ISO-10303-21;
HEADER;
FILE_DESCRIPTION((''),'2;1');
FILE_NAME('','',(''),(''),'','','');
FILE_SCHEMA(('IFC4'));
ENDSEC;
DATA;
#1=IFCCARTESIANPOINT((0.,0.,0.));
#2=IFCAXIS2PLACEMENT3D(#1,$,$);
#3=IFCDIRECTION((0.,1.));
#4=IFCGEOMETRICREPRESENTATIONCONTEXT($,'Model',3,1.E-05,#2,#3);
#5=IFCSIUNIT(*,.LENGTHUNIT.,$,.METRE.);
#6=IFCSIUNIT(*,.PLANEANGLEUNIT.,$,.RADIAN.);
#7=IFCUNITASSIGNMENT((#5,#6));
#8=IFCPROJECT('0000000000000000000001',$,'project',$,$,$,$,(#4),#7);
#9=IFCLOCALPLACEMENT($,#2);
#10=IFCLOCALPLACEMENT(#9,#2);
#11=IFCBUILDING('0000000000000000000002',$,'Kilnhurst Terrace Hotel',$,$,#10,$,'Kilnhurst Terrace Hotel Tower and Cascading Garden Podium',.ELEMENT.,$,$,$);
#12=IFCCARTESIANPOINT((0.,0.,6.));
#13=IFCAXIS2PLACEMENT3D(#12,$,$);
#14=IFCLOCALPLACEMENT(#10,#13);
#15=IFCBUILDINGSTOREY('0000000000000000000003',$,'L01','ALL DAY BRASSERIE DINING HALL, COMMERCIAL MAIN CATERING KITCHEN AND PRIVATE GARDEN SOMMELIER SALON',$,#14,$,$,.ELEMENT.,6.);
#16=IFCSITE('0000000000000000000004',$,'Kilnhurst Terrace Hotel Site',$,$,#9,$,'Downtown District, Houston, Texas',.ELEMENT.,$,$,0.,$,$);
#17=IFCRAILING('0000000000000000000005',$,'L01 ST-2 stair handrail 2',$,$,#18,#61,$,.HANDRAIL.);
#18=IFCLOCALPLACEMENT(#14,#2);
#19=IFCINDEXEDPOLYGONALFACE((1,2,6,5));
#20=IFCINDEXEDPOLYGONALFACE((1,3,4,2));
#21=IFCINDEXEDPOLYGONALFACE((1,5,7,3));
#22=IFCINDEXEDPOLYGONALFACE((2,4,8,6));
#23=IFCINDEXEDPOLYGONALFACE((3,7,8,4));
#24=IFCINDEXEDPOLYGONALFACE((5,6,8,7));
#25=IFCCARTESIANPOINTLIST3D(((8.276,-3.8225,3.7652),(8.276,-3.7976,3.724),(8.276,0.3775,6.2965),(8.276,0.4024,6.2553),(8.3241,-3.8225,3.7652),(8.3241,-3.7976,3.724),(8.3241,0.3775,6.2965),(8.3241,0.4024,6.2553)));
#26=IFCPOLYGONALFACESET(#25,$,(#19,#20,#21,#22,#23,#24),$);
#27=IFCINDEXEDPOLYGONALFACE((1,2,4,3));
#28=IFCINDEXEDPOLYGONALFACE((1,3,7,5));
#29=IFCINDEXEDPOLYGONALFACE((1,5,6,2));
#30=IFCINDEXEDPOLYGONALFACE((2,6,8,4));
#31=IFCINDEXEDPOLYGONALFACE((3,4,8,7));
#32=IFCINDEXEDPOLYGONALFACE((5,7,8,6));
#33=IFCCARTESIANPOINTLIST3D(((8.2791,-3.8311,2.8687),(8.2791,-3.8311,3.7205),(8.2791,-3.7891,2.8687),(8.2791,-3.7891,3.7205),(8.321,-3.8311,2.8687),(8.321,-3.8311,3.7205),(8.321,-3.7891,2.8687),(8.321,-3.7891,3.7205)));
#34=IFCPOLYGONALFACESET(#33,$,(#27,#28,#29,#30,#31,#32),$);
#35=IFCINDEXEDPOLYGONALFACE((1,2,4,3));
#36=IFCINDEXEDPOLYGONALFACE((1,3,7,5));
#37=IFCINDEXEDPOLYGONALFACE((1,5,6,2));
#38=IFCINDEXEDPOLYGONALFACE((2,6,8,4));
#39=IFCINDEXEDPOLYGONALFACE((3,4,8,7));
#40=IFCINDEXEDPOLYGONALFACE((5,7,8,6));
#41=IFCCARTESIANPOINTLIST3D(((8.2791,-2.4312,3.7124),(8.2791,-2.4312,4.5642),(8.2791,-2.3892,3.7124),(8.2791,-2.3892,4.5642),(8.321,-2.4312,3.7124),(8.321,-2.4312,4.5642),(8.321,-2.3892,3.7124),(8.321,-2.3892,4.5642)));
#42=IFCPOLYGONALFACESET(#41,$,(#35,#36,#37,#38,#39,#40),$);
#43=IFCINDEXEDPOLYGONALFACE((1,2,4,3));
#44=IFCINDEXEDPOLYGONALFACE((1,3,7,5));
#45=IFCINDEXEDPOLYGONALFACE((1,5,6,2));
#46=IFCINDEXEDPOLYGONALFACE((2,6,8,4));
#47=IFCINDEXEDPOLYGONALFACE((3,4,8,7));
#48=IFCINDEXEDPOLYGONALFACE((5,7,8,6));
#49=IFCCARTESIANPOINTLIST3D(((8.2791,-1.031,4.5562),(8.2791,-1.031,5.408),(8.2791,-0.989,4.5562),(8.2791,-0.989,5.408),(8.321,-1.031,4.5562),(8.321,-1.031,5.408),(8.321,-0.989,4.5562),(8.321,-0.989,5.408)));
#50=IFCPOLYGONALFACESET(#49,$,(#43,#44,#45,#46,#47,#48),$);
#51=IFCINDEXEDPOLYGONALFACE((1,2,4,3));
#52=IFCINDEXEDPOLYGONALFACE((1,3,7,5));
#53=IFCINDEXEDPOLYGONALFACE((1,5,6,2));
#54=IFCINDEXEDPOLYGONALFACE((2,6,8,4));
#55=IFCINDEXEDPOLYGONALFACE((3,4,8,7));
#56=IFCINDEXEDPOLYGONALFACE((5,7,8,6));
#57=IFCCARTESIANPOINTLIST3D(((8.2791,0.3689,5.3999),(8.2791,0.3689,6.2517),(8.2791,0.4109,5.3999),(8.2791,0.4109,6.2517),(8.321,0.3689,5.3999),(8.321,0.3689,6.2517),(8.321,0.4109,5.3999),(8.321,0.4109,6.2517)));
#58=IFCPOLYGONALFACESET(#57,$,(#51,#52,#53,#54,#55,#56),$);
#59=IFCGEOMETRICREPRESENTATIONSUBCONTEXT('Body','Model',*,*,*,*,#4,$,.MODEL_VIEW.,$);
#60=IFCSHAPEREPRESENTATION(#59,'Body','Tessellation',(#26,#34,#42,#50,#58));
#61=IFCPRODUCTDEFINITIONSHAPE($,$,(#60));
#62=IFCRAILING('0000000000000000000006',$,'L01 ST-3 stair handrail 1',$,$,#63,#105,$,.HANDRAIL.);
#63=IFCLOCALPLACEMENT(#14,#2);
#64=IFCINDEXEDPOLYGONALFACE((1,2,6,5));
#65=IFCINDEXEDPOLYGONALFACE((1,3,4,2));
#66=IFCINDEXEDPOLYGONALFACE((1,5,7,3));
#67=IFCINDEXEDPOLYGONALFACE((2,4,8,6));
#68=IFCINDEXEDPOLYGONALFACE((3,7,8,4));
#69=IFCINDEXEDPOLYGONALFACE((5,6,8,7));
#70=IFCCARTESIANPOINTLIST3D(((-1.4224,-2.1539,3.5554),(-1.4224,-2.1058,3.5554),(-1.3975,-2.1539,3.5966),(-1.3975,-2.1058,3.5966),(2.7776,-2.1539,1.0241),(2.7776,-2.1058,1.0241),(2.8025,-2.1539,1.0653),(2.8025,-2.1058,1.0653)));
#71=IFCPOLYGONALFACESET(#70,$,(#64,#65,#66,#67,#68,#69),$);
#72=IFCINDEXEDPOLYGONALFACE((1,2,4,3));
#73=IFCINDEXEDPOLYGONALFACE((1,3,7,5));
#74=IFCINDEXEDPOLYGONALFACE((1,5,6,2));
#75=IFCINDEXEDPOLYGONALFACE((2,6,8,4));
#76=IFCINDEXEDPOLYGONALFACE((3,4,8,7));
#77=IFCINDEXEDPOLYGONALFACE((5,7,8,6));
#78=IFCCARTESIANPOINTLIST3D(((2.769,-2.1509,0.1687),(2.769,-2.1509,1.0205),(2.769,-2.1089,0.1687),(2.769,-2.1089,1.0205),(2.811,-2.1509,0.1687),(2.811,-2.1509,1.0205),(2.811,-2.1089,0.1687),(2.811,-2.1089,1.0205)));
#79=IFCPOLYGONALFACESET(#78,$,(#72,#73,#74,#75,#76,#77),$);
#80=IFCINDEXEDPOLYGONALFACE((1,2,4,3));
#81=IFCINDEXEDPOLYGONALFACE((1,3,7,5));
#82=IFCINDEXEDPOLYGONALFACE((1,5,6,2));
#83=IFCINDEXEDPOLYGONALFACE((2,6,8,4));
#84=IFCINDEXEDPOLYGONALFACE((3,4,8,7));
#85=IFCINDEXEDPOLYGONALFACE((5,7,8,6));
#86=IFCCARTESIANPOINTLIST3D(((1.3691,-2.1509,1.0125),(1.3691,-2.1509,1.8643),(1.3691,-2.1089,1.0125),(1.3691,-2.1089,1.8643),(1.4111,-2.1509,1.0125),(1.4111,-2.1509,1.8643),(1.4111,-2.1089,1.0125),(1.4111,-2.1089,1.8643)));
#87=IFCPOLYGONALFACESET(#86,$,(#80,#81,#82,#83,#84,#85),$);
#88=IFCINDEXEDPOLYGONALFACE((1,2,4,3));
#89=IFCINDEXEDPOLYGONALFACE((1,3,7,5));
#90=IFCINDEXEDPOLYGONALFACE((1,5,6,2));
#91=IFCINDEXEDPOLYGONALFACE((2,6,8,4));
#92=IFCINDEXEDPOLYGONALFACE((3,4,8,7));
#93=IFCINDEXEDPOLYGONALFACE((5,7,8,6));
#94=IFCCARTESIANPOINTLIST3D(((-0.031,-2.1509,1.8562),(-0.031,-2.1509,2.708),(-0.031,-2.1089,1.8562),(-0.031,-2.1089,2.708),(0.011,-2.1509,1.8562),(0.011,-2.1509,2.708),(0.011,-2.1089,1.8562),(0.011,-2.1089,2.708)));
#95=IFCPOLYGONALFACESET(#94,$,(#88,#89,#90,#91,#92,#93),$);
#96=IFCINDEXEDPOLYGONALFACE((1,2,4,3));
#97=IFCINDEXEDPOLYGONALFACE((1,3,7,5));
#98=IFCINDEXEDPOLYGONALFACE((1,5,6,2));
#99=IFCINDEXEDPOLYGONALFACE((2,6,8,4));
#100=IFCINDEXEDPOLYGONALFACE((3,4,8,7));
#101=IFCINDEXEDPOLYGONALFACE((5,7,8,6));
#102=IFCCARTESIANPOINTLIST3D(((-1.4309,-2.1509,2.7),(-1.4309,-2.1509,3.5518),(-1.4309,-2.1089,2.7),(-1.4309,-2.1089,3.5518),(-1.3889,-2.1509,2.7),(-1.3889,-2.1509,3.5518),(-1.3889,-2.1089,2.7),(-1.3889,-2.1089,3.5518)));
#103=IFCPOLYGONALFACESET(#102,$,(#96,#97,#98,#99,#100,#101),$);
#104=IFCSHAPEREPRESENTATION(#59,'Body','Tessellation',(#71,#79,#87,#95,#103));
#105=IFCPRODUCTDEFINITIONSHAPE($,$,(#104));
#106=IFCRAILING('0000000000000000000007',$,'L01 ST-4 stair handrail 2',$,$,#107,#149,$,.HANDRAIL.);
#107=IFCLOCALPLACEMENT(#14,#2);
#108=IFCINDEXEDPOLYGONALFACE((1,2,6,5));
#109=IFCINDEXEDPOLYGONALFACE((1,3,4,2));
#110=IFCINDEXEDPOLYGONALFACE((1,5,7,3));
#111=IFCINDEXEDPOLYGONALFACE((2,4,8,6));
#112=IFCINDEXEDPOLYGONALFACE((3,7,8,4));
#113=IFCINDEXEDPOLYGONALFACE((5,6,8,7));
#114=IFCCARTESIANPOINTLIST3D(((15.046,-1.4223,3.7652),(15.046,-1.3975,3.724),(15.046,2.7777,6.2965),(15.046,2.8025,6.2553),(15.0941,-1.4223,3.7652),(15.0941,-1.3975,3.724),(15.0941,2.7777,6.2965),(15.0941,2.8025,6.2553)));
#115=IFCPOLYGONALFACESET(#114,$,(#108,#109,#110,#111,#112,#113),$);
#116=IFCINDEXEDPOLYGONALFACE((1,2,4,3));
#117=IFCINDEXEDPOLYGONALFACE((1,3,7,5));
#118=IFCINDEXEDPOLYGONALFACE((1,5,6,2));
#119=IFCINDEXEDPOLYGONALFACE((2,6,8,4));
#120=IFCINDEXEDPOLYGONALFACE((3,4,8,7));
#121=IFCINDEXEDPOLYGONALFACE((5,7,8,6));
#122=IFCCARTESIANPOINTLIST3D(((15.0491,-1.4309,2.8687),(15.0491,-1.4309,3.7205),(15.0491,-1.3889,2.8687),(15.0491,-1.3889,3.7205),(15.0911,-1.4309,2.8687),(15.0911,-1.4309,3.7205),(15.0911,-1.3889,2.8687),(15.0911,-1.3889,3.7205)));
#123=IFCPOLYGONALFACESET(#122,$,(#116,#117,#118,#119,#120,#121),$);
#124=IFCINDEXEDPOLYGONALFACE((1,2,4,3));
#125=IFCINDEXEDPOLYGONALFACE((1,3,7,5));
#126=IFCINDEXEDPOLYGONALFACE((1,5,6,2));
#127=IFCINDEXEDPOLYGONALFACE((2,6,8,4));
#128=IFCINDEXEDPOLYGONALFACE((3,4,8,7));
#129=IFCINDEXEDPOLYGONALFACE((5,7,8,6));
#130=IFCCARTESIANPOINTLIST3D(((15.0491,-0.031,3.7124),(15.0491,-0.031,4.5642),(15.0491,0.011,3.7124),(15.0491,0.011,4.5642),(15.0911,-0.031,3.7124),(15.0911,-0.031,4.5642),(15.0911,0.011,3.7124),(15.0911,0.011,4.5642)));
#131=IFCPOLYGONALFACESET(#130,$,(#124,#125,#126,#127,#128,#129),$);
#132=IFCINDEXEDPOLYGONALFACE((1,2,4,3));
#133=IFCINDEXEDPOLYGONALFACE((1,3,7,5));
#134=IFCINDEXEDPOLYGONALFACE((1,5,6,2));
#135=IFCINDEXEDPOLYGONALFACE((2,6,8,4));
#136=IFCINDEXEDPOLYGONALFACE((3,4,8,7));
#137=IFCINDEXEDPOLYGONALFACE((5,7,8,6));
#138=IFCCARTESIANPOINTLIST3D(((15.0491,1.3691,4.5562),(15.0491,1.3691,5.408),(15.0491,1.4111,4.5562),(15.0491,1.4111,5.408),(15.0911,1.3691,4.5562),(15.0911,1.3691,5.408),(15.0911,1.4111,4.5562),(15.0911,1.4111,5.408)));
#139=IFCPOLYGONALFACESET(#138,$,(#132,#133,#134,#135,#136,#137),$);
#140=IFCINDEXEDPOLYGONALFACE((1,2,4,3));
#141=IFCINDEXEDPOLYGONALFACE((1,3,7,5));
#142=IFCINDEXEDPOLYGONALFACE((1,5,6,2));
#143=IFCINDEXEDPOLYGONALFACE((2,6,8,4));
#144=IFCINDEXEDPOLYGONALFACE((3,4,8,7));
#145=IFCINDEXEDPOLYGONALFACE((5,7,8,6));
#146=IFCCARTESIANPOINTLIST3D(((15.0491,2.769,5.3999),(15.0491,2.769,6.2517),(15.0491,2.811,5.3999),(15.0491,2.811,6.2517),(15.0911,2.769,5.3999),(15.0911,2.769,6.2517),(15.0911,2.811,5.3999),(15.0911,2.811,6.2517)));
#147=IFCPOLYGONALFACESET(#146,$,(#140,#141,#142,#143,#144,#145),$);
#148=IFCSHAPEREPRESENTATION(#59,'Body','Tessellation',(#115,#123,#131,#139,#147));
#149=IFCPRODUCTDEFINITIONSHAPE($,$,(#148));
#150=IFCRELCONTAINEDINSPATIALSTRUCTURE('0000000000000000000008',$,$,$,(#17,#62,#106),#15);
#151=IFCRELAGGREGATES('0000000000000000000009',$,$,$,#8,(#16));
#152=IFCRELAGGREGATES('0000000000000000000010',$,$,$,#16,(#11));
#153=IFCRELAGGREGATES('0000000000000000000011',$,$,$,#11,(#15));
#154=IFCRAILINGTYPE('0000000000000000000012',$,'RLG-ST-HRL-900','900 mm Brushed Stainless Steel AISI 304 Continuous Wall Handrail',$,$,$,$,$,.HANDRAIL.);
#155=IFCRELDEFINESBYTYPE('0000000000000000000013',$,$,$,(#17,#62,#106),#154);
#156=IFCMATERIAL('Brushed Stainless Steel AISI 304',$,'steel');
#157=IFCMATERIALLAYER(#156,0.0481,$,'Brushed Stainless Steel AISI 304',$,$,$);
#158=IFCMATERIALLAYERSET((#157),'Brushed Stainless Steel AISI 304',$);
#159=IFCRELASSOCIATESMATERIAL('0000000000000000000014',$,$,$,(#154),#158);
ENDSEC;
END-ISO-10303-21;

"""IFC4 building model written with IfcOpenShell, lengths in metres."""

from ifc_helpers import new_model, si_unit, direction, frame, origin, origin_2d, place, context, subcontext, project, spatial, rectangle, extrude, material, layer, layer_set, type_object, element, save


model = new_model("IFC4")

# Units and contexts
model_context = context("Model", 3, precision=1e-05, world=origin(), true_north=direction((0.0, 1.0)))
body_context = subcontext(model_context, "Body", "Model", "MODEL_VIEW")
ifc_project = project(units=[si_unit("LENGTHUNIT", "METRE"), si_unit("PLANEANGLEUNIT", "RADIAN")], contexts=[model_context])

# Site, building, storey
site_placement = place(None, origin())
site = spatial("IfcSite", under=ifc_project, at=site_placement, Name="Kilnhurst Terrace Hotel Site", LongName="Downtown District, Houston, Texas", CompositionType="ELEMENT", RefElevation=0.0)
building_placement = place(site_placement, origin())
building = spatial("IfcBuilding", under=site, at=building_placement, Name="Kilnhurst Terrace Hotel", LongName="Kilnhurst Terrace Hotel Tower and Cascading Garden Podium", CompositionType="ELEMENT")
storey_placement = place(building_placement, frame((0.0, 0.0, 6.0)))
storey = spatial("IfcBuildingStorey", under=building, at=storey_placement, Name="L01", Description="ALL DAY BRASSERIE DINING HALL, COMMERCIAL MAIN CATERING KITCHEN AND PRIVATE GARDEN SOMMELIER SALON", CompositionType="ELEMENT", Elevation=6.0)

# Railings
ifc_material_1 = material(Name="Brushed Stainless Steel AISI 304", Category="steel")
ifc_layer_1 = layer(ifc_material_1, 0.0481, Name="Brushed Stainless Steel AISI 304")
ifc_layer_set_1 = layer_set([ifc_layer_1], Name="Brushed Stainless Steel AISI 304")
railing_type_1 = type_object("IfcRailingType", Name="RLG-ST-HRL-900", Description="900 mm Brushed Stainless Steel AISI 304 Continuous Wall Handrail", PredefinedType="HANDRAIL", material=ifc_layer_set_1)
railing_1_placement = place(storey_placement, frame((8.3, -3.8101, 2.8687)))
element("IfcRailing", 1, at=railing_1_placement, inside=storey, type_object=railing_type_1, Name="L01 ST-2 stair handrail 2", PredefinedType="HANDRAIL", context=body_context, shape_type="SweptSolid", body=[
    extrude(rectangle(XDim=0.0481, YDim=0.0481, at=origin_2d()), frame((0.0, 0.0, 0.876), z_axis=(0.0, 0.856476, 0.516186), x_axis=(-1.0, 0.0, 0.0)), (0.0, 0.0, 1.0), 4.9038),
    extrude(rectangle(XDim=0.042, YDim=0.042, at=origin_2d()), origin(), (0.0, 0.0, 1.0), 0.8518),
    extrude(rectangle(XDim=0.042, YDim=0.042, at=origin_2d()), frame((0.0, 1.3999, 0.8438)), (0.0, 0.0, 1.0), 0.8518),
    extrude(rectangle(XDim=0.042, YDim=0.042, at=origin_2d()), frame((0.0, 2.8, 1.6875)), (0.0, 0.0, 1.0), 0.8518),
    extrude(rectangle(XDim=0.042, YDim=0.042, at=origin_2d()), frame((0.0, 4.2, 2.5312)), (0.0, 0.0, 1.0), 0.8518),
])
railing_2_placement = place(storey_placement, frame((2.79, -2.1299, 0.1687)))
element("IfcRailing", 2, at=railing_2_placement, inside=storey, type_object=railing_type_1, Name="L01 ST-3 stair handrail 1", PredefinedType="HANDRAIL", context=body_context, shape_type="SweptSolid", body=[
    extrude(rectangle(XDim=0.0481, YDim=0.0481, at=origin_2d()), frame((0.0, 0.0, 0.876), z_axis=(-0.856476, 0.0, 0.516186), x_axis=(0.0, -1.0, 0.0)), (0.0, 0.0, 1.0), 4.9038),
    extrude(rectangle(XDim=0.042, YDim=0.042, at=origin_2d()), origin(), (0.0, 0.0, 1.0), 0.8518),
    extrude(rectangle(XDim=0.042, YDim=0.042, at=origin_2d()), frame((-1.3999, 0.0, 0.8438)), (0.0, 0.0, 1.0), 0.8518),
    extrude(rectangle(XDim=0.042, YDim=0.042, at=origin_2d()), frame((-2.8, 0.0, 1.6875)), (0.0, 0.0, 1.0), 0.8518),
    extrude(rectangle(XDim=0.042, YDim=0.042, at=origin_2d()), frame((-4.2, 0.0, 2.5312)), (0.0, 0.0, 1.0), 0.8518),
])
railing_3_placement = place(storey_placement, frame((15.0701, -1.4099, 2.8687)))
element("IfcRailing", 3, at=railing_3_placement, inside=storey, type_object=railing_type_1, Name="L01 ST-4 stair handrail 2", PredefinedType="HANDRAIL", context=body_context, shape_type="SweptSolid", body=[
    extrude(rectangle(XDim=0.0481, YDim=0.0481, at=origin_2d()), frame((0.0, 0.0, 0.876), z_axis=(0.0, 0.856476, 0.516186), x_axis=(-1.0, 0.0, 0.0)), (0.0, 0.0, 1.0), 4.9038),
    extrude(rectangle(XDim=0.042, YDim=0.042, at=origin_2d()), origin(), (0.0, 0.0, 1.0), 0.8518),
    extrude(rectangle(XDim=0.042, YDim=0.042, at=origin_2d()), frame((0.0, 1.3999, 0.8438)), (0.0, 0.0, 1.0), 0.8518),
    extrude(rectangle(XDim=0.042, YDim=0.042, at=origin_2d()), frame((0.0, 2.8, 1.6875)), (0.0, 0.0, 1.0), 0.8518),
    extrude(rectangle(XDim=0.042, YDim=0.042, at=origin_2d()), frame((0.0, 4.2, 2.5312)), (0.0, 0.0, 1.0), 0.8518),
])

save(model, "model.ifc")
